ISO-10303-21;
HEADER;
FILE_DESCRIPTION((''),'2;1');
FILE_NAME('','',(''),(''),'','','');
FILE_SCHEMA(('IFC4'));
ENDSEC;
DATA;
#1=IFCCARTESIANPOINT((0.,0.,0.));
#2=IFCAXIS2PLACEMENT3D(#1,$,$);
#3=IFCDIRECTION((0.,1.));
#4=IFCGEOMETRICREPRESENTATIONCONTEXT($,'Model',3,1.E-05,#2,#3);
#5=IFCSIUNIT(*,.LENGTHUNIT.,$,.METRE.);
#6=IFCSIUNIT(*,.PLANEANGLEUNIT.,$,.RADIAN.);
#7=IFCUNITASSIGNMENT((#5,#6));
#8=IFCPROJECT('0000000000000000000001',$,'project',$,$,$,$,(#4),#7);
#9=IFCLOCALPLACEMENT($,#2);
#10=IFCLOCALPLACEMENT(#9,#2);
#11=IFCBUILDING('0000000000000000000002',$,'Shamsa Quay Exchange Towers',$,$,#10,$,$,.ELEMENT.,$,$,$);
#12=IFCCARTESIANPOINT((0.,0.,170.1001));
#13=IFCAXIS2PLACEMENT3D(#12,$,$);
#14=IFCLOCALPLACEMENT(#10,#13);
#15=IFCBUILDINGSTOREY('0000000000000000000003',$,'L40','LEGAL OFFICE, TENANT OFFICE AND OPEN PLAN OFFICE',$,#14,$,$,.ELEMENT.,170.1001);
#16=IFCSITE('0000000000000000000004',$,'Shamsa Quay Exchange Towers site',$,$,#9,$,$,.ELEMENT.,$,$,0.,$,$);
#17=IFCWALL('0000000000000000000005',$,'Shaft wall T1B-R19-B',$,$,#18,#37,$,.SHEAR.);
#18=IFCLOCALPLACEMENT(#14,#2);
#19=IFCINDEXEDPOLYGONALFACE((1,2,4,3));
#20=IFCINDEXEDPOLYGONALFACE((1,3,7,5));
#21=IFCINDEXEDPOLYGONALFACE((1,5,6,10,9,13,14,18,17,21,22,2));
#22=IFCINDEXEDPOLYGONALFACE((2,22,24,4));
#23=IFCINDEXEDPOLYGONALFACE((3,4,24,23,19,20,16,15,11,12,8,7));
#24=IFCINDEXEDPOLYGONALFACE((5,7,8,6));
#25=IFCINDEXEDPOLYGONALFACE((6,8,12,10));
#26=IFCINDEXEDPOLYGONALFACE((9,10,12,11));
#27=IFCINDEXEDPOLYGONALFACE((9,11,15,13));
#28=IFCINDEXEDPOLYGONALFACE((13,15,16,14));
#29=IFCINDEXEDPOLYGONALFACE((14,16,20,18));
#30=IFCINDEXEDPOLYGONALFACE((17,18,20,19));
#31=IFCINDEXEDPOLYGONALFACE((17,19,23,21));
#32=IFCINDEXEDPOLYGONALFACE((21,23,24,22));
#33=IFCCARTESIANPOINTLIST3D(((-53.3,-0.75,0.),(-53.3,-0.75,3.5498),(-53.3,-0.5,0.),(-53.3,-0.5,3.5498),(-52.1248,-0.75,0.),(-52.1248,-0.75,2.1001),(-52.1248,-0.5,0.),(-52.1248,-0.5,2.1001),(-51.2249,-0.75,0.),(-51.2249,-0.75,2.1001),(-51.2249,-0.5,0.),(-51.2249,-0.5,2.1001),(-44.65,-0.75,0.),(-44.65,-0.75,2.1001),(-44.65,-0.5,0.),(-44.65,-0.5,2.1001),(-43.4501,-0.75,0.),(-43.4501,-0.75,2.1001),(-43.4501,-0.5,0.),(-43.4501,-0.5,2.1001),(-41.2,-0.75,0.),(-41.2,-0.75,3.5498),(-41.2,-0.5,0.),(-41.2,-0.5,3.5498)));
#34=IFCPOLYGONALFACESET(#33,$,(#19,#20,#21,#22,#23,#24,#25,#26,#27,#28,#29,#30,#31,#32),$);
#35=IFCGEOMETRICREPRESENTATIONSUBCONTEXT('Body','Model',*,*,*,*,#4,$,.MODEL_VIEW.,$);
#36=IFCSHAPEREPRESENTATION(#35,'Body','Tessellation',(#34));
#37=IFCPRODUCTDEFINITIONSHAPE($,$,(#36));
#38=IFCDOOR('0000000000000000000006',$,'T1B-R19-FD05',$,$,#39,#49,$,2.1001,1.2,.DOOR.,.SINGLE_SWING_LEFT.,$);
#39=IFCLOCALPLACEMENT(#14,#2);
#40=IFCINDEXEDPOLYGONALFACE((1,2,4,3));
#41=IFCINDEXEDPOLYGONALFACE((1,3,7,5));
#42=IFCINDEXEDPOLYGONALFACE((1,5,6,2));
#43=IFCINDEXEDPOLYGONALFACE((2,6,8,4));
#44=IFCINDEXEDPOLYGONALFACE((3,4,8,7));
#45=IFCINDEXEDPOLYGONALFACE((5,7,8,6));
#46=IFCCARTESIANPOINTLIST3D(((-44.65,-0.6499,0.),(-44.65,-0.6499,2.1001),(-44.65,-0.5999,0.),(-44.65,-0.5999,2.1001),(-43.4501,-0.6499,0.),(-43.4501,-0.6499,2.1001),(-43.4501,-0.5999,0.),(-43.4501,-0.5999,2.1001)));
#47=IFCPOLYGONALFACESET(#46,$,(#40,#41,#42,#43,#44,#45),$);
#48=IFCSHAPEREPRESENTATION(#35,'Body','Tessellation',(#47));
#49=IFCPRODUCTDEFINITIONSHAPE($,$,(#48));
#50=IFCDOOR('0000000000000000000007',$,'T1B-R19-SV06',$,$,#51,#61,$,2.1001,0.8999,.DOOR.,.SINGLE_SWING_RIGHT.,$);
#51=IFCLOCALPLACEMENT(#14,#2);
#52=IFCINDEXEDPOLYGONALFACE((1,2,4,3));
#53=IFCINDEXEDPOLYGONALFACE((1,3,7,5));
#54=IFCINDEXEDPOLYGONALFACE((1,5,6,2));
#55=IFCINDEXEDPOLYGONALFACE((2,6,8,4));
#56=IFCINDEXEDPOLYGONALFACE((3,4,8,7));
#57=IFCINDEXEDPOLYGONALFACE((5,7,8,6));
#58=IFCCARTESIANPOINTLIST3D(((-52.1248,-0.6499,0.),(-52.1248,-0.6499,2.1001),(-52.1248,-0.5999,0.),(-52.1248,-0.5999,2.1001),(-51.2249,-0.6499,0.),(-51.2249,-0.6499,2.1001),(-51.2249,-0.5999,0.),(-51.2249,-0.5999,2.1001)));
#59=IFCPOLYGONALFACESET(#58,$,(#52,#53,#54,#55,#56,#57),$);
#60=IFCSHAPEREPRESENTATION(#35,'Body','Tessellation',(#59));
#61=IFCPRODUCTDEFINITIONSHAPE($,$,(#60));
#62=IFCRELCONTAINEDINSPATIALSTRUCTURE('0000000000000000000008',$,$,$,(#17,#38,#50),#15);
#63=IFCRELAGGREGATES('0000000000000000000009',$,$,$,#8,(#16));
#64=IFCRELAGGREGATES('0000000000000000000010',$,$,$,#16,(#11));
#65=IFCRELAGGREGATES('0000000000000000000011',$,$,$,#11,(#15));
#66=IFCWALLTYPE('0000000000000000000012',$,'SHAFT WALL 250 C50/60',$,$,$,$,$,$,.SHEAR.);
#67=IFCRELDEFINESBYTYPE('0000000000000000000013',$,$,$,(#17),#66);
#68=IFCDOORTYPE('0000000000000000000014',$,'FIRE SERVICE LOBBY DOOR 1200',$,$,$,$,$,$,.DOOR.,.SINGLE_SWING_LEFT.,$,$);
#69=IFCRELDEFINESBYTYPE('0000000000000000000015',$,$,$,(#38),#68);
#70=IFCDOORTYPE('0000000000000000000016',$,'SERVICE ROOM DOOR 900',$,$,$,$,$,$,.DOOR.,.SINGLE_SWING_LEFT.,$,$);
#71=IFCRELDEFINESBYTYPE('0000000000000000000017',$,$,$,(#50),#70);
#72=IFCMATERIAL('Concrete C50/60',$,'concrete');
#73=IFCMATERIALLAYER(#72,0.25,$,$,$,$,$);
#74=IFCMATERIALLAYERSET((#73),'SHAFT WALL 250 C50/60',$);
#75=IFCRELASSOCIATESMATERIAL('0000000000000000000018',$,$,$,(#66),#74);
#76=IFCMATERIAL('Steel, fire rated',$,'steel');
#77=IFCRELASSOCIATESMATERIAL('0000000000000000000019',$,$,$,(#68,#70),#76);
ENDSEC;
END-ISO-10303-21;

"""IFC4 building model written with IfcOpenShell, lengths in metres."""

from ifc_helpers import new_model, si_unit, direction, frame, frame_2d, origin, place, context, subcontext, project, spatial, rectangle, extrude, material, layer, layer_set, type_object, element, fill, save


model = new_model("IFC4")

# Units and contexts
model_context = context("Model", 3, precision=1e-05, world=origin(), true_north=direction((0.0, 1.0)))
body_context = subcontext(model_context, "Body", "Model", "MODEL_VIEW")
ifc_project = project(units=[si_unit("LENGTHUNIT", "METRE"), si_unit("PLANEANGLEUNIT", "RADIAN")], contexts=[model_context])

# Site, building, storey
site_placement = place(None, origin())
site = spatial("IfcSite", under=ifc_project, at=site_placement, Name="Shamsa Quay Exchange Towers site", CompositionType="ELEMENT", RefElevation=0.0)
building_placement = place(site_placement, origin())
building = spatial("IfcBuilding", under=site, at=building_placement, Name="Shamsa Quay Exchange Towers", CompositionType="ELEMENT")
storey_placement = place(building_placement, frame((0.0, 0.0, 170.1001)))
storey = spatial("IfcBuildingStorey", under=building, at=storey_placement, Name="L40", Description="LEGAL OFFICE, TENANT OFFICE AND OPEN PLAN OFFICE", CompositionType="ELEMENT", Elevation=170.1001)

# Wall, openings, doors
ifc_material_1 = material(Name="Concrete C50/60", Category="concrete")
ifc_layer_1 = layer(ifc_material_1, 0.25)
ifc_layer_set_1 = layer_set([ifc_layer_1], Name="SHAFT WALL 250 C50/60")
wall_type_1 = type_object("IfcWallType", Name="SHAFT WALL 250 C50/60", PredefinedType="SHEAR", material=ifc_layer_set_1)
wall_1_placement = place(storey_placement, frame((-41.2, -0.625, 0.0), z_axis=(0.0, 0.0, 1.0), x_axis=(-1.0, 0.0, 0.0)))
wall_1 = element("IfcWall", 1, at=wall_1_placement, inside=storey, type_object=wall_type_1, Name="Shaft wall T1B-R19-B", PredefinedType="SHEAR", context=body_context, shape_type="SweptSolid", body=[
    extrude(rectangle(XDim=12.1001, YDim=0.25, at=frame_2d((6.05, 0.0))), origin(), (0.0, 0.0, 1.0), 3.5498),
])
opening_1_placement = place(wall_1_placement, frame((2.25, 0.0, 0.0)))
opening_1 = element("IfcOpeningElement", 2, at=opening_1_placement, cuts=wall_1, PredefinedType="OPENING", context=body_context, shape_type="SweptSolid", body=[
    extrude(rectangle(XDim=1.2, YDim=2.1001, at=frame_2d((0.6001, 1.05))), frame((0.0, 0.135, 0.0), z_axis=(0.0, -1.0, 0.0), x_axis=(1.0, 0.0, 0.0)), (0.0, 0.0, 1.0), 0.27),
])
opening_2_placement = place(wall_1_placement, frame((10.0249, 0.0, 0.0)))
opening_2 = element("IfcOpeningElement", 3, at=opening_2_placement, cuts=wall_1, PredefinedType="OPENING", context=body_context, shape_type="SweptSolid", body=[
    extrude(rectangle(XDim=0.8999, YDim=2.1001, at=frame_2d((0.45, 1.05))), frame((0.0, 0.135, 0.0), z_axis=(0.0, -1.0, 0.0), x_axis=(1.0, 0.0, 0.0)), (0.0, 0.0, 1.0), 0.27),
])
ifc_material_2 = material(Name="Steel, fire rated", Category="steel")
door_type_1 = type_object("IfcDoorType", Name="FIRE SERVICE LOBBY DOOR 1200", OperationType="SINGLE_SWING_LEFT", PredefinedType="DOOR", material=ifc_material_2)
door_1_placement = place(opening_1_placement, origin())
door_1 = element("IfcDoor", 4, at=door_1_placement, inside=storey, type_object=door_type_1, Name="T1B-R19-FD05", OperationType="SINGLE_SWING_LEFT", OverallHeight=2.1001, OverallWidth=1.2, PredefinedType="DOOR", context=body_context, shape_type="SweptSolid", body=[
    extrude(rectangle(XDim=1.2, YDim=2.1001, at=frame_2d((0.6001, 1.05))), frame((0.0, 0.0249, 0.0), z_axis=(0.0, -1.0, 0.0), x_axis=(1.0, 0.0, 0.0)), (0.0, 0.0, 1.0), 0.05),
])
fill(opening_1, door_1)
door_type_2 = type_object("IfcDoorType", Name="SERVICE ROOM DOOR 900", OperationType="SINGLE_SWING_LEFT", PredefinedType="DOOR", material=ifc_material_2)
door_2_placement = place(opening_2_placement, origin())
door_2 = element("IfcDoor", 5, at=door_2_placement, inside=storey, type_object=door_type_2, Name="T1B-R19-SV06", OperationType="SINGLE_SWING_RIGHT", OverallHeight=2.1001, OverallWidth=0.8999, PredefinedType="DOOR", context=body_context, shape_type="SweptSolid", body=[
    extrude(rectangle(XDim=0.8999, YDim=2.1001, at=frame_2d((0.45, 1.05))), frame((0.0, 0.0249, 0.0), z_axis=(0.0, -1.0, 0.0), x_axis=(1.0, 0.0, 0.0)), (0.0, 0.0, 1.0), 0.05),
])
fill(opening_2, door_2)

save(model, "model.ifc")
